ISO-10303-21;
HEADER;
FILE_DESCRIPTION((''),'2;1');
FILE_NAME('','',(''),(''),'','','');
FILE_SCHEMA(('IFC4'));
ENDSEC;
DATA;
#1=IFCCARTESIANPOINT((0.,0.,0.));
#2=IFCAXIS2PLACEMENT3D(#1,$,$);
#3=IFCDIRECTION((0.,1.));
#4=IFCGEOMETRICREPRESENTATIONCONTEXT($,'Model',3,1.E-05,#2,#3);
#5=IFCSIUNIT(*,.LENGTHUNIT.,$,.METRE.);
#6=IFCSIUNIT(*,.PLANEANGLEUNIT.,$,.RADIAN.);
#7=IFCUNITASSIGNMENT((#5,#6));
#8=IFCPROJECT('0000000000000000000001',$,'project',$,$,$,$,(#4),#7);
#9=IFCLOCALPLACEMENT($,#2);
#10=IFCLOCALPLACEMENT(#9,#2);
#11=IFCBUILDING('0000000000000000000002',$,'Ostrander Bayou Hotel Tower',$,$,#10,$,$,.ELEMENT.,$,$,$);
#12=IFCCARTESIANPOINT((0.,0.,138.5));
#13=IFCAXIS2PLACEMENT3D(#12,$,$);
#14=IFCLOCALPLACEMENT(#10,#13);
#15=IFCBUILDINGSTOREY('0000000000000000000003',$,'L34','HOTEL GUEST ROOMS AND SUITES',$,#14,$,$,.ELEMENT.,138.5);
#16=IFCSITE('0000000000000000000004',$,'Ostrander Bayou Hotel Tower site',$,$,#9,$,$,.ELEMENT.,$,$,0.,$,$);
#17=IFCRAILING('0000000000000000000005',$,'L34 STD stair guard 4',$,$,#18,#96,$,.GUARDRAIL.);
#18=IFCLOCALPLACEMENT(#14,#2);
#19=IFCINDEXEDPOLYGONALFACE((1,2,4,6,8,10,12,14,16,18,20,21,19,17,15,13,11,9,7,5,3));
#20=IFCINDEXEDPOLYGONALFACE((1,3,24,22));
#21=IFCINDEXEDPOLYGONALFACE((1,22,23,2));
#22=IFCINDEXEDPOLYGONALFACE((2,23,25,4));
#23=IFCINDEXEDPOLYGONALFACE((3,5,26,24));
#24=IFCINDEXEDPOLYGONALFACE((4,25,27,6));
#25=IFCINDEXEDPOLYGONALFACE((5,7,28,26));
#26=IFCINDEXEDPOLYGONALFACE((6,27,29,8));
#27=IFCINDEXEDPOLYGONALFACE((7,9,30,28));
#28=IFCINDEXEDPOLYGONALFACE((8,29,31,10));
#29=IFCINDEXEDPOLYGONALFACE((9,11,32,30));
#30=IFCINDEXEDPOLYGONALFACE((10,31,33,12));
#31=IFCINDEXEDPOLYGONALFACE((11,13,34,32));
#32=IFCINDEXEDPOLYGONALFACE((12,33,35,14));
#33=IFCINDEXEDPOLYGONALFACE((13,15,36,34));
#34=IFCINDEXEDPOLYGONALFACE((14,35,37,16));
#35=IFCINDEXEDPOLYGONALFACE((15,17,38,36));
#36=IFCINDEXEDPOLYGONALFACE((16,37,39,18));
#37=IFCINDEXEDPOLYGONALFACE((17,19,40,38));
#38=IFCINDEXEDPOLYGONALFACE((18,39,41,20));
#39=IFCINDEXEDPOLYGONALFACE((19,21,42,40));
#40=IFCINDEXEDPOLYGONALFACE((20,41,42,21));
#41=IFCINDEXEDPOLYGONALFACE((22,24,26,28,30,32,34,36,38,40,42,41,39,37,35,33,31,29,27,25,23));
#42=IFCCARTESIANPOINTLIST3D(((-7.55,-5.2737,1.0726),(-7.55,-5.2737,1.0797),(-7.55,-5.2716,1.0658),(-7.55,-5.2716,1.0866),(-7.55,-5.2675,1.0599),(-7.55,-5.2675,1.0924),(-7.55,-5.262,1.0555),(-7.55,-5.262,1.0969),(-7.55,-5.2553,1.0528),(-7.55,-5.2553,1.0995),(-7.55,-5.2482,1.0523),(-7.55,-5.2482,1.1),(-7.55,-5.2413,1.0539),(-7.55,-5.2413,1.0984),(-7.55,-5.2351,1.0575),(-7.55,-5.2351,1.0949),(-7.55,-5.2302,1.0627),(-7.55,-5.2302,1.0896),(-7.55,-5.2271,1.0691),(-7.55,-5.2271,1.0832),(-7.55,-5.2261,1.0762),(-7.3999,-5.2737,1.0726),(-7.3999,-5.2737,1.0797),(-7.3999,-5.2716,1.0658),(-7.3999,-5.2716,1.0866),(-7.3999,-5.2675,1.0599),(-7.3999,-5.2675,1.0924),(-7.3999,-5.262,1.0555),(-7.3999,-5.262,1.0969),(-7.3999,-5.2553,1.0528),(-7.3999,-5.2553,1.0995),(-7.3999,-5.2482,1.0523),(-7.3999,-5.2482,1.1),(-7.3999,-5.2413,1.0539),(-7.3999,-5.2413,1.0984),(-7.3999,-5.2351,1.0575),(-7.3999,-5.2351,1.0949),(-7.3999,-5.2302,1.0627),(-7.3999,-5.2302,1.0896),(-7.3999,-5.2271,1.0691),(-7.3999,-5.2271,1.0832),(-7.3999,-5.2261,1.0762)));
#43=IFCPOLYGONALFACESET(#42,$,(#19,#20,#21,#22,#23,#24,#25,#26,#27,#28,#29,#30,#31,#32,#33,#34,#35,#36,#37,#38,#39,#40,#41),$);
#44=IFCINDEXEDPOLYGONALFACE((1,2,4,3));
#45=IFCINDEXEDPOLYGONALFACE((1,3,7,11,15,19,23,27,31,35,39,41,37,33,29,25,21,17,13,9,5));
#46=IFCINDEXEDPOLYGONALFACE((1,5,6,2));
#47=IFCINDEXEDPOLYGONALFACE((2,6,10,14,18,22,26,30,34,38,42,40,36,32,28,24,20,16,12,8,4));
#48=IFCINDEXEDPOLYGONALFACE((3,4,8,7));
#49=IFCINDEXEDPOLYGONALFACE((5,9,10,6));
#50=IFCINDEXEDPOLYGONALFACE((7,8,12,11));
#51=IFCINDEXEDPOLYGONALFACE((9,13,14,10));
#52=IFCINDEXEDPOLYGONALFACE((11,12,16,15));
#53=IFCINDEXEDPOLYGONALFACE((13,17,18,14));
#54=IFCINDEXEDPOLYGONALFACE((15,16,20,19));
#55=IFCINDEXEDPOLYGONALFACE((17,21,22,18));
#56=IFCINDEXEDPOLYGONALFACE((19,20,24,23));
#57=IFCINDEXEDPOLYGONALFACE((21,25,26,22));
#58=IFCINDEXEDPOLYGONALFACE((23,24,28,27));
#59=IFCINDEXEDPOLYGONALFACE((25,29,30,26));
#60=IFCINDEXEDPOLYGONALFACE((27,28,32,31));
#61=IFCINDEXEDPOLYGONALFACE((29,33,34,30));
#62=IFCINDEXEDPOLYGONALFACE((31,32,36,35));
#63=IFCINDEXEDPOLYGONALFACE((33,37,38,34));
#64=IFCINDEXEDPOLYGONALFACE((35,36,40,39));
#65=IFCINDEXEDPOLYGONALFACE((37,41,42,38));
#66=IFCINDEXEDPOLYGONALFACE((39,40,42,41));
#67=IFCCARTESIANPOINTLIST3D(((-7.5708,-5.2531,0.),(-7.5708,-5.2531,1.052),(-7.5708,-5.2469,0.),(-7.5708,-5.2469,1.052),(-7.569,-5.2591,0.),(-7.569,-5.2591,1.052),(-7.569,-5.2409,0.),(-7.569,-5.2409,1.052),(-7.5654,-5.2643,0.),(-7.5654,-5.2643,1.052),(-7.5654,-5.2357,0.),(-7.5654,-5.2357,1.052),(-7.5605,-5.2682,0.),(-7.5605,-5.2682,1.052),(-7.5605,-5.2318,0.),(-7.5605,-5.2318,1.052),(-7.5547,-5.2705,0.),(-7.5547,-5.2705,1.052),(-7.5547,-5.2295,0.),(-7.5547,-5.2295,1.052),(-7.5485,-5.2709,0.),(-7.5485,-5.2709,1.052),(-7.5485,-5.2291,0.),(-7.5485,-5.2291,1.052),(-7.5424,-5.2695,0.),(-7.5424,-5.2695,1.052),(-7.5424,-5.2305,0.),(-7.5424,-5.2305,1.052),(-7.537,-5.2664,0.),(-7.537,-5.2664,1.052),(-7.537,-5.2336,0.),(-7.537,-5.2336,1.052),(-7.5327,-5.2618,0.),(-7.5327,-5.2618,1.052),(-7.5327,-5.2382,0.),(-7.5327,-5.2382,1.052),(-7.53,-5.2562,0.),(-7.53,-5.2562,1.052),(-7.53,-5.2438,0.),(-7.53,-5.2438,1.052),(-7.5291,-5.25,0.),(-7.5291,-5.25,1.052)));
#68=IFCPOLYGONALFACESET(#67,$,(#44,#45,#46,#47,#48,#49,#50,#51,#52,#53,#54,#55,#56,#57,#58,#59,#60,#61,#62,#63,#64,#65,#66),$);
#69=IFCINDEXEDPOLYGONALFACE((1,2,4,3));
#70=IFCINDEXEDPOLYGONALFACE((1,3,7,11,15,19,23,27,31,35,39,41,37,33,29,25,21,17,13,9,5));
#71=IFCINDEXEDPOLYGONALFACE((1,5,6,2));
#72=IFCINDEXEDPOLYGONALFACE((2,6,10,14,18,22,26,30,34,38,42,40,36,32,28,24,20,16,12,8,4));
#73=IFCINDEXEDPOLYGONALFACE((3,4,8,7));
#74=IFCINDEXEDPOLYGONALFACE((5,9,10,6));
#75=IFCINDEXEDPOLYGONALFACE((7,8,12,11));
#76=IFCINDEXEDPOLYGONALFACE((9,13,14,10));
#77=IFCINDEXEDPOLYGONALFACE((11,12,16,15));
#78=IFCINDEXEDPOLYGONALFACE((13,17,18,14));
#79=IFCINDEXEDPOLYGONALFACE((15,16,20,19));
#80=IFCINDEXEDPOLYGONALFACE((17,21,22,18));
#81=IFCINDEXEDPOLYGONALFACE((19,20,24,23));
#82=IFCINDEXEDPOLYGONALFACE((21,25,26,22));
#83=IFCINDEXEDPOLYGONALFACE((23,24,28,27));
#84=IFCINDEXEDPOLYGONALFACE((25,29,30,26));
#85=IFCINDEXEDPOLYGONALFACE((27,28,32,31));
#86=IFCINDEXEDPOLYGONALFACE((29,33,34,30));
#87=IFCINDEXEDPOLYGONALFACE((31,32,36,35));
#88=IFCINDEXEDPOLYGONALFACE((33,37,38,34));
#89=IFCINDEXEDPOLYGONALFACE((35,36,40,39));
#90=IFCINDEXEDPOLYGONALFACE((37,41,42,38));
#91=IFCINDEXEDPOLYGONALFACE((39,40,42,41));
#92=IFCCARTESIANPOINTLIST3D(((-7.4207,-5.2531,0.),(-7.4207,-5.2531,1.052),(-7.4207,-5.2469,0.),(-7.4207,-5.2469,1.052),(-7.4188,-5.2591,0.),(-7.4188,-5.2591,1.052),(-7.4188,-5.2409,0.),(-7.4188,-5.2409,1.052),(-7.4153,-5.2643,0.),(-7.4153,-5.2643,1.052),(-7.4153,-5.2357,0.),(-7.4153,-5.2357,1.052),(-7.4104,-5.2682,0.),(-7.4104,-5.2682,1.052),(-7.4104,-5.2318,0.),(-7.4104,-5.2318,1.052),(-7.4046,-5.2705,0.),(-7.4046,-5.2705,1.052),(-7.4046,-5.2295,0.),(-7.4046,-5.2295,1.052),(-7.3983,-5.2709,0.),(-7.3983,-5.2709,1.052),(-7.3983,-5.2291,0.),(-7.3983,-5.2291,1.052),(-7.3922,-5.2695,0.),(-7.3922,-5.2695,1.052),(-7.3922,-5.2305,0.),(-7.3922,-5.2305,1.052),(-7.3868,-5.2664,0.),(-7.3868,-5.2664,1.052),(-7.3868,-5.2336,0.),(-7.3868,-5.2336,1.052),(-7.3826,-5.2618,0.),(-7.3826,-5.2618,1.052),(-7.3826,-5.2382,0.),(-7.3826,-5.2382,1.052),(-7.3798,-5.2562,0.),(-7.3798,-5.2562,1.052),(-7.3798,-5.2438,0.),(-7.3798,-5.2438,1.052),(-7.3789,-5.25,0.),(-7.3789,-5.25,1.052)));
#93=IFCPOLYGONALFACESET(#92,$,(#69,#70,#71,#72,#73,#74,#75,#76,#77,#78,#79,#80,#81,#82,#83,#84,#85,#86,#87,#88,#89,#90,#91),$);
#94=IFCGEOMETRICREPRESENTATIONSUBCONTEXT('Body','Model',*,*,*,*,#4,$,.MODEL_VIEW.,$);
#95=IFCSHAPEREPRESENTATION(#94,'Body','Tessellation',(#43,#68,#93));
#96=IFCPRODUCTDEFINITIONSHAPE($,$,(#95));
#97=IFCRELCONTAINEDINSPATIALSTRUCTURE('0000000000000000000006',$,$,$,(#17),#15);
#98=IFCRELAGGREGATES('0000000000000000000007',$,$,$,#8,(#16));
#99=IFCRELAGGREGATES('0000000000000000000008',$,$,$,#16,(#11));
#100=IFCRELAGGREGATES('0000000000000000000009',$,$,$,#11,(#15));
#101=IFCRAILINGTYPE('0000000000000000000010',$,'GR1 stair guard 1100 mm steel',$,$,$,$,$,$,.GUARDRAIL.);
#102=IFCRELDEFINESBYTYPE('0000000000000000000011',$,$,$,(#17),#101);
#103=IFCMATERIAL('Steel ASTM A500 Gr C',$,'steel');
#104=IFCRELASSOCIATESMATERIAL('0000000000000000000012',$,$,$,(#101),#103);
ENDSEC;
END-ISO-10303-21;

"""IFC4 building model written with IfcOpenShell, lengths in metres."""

from ifc_helpers import new_model, si_unit, direction, frame, origin, origin_2d, place, context, subcontext, project, spatial, circle, extrude, material, type_object, element, save


model = new_model("IFC4")

# Units and contexts
model_context = context("Model", 3, precision=1e-05, world=origin(), true_north=direction((0.0, 1.0)))
body_context = subcontext(model_context, "Body", "Model", "MODEL_VIEW")
ifc_project = project(units=[si_unit("LENGTHUNIT", "METRE"), si_unit("PLANEANGLEUNIT", "RADIAN")], contexts=[model_context])

# Site, building, storey
site_placement = place(None, origin())
site = spatial("IfcSite", under=ifc_project, at=site_placement, Name="Ostrander Bayou Hotel Tower site", CompositionType="ELEMENT", RefElevation=0.0)
building_placement = place(site_placement, origin())
building = spatial("IfcBuilding", under=site, at=building_placement, Name="Ostrander Bayou Hotel Tower", CompositionType="ELEMENT")
storey_placement = place(building_placement, frame((0.0, 0.0, 138.5)))
storey = spatial("IfcBuildingStorey", under=building, at=storey_placement, Name="L34", Description="HOTEL GUEST ROOMS AND SUITES", CompositionType="ELEMENT", Elevation=138.5)

# Railing
ifc_material_1 = material(Name="Steel ASTM A500 Gr C", Category="steel")
railing_type_1 = type_object("IfcRailingType", Name="GR1 stair guard 1100 mm steel", PredefinedType="GUARDRAIL", material=ifc_material_1)
railing_1_placement = place(storey_placement, frame((-7.55, -5.25, 0.0)))
element("IfcRailing", 1, at=railing_1_placement, inside=storey, type_object=railing_type_1, Name="L34 STD stair guard 4", PredefinedType="GUARDRAIL", context=body_context, shape_type="SweptSolid", body=[
    extrude(circle(Radius=0.0239, at=origin_2d()), frame((0.0, 0.0, 1.0762), z_axis=(1.0, 0.0, 0.0), x_axis=(0.0, 1.0, 0.0)), (0.0, 0.0, 1.0), 0.1501),
    extrude(circle(Radius=0.021, at=origin_2d()), origin(), (0.0, 0.0, 1.0), 1.052),
    extrude(circle(Radius=0.021, at=origin_2d()), frame((0.1501, 0.0, 0.0)), (0.0, 0.0, 1.0), 1.052),
])

save(model, "model.ifc")
